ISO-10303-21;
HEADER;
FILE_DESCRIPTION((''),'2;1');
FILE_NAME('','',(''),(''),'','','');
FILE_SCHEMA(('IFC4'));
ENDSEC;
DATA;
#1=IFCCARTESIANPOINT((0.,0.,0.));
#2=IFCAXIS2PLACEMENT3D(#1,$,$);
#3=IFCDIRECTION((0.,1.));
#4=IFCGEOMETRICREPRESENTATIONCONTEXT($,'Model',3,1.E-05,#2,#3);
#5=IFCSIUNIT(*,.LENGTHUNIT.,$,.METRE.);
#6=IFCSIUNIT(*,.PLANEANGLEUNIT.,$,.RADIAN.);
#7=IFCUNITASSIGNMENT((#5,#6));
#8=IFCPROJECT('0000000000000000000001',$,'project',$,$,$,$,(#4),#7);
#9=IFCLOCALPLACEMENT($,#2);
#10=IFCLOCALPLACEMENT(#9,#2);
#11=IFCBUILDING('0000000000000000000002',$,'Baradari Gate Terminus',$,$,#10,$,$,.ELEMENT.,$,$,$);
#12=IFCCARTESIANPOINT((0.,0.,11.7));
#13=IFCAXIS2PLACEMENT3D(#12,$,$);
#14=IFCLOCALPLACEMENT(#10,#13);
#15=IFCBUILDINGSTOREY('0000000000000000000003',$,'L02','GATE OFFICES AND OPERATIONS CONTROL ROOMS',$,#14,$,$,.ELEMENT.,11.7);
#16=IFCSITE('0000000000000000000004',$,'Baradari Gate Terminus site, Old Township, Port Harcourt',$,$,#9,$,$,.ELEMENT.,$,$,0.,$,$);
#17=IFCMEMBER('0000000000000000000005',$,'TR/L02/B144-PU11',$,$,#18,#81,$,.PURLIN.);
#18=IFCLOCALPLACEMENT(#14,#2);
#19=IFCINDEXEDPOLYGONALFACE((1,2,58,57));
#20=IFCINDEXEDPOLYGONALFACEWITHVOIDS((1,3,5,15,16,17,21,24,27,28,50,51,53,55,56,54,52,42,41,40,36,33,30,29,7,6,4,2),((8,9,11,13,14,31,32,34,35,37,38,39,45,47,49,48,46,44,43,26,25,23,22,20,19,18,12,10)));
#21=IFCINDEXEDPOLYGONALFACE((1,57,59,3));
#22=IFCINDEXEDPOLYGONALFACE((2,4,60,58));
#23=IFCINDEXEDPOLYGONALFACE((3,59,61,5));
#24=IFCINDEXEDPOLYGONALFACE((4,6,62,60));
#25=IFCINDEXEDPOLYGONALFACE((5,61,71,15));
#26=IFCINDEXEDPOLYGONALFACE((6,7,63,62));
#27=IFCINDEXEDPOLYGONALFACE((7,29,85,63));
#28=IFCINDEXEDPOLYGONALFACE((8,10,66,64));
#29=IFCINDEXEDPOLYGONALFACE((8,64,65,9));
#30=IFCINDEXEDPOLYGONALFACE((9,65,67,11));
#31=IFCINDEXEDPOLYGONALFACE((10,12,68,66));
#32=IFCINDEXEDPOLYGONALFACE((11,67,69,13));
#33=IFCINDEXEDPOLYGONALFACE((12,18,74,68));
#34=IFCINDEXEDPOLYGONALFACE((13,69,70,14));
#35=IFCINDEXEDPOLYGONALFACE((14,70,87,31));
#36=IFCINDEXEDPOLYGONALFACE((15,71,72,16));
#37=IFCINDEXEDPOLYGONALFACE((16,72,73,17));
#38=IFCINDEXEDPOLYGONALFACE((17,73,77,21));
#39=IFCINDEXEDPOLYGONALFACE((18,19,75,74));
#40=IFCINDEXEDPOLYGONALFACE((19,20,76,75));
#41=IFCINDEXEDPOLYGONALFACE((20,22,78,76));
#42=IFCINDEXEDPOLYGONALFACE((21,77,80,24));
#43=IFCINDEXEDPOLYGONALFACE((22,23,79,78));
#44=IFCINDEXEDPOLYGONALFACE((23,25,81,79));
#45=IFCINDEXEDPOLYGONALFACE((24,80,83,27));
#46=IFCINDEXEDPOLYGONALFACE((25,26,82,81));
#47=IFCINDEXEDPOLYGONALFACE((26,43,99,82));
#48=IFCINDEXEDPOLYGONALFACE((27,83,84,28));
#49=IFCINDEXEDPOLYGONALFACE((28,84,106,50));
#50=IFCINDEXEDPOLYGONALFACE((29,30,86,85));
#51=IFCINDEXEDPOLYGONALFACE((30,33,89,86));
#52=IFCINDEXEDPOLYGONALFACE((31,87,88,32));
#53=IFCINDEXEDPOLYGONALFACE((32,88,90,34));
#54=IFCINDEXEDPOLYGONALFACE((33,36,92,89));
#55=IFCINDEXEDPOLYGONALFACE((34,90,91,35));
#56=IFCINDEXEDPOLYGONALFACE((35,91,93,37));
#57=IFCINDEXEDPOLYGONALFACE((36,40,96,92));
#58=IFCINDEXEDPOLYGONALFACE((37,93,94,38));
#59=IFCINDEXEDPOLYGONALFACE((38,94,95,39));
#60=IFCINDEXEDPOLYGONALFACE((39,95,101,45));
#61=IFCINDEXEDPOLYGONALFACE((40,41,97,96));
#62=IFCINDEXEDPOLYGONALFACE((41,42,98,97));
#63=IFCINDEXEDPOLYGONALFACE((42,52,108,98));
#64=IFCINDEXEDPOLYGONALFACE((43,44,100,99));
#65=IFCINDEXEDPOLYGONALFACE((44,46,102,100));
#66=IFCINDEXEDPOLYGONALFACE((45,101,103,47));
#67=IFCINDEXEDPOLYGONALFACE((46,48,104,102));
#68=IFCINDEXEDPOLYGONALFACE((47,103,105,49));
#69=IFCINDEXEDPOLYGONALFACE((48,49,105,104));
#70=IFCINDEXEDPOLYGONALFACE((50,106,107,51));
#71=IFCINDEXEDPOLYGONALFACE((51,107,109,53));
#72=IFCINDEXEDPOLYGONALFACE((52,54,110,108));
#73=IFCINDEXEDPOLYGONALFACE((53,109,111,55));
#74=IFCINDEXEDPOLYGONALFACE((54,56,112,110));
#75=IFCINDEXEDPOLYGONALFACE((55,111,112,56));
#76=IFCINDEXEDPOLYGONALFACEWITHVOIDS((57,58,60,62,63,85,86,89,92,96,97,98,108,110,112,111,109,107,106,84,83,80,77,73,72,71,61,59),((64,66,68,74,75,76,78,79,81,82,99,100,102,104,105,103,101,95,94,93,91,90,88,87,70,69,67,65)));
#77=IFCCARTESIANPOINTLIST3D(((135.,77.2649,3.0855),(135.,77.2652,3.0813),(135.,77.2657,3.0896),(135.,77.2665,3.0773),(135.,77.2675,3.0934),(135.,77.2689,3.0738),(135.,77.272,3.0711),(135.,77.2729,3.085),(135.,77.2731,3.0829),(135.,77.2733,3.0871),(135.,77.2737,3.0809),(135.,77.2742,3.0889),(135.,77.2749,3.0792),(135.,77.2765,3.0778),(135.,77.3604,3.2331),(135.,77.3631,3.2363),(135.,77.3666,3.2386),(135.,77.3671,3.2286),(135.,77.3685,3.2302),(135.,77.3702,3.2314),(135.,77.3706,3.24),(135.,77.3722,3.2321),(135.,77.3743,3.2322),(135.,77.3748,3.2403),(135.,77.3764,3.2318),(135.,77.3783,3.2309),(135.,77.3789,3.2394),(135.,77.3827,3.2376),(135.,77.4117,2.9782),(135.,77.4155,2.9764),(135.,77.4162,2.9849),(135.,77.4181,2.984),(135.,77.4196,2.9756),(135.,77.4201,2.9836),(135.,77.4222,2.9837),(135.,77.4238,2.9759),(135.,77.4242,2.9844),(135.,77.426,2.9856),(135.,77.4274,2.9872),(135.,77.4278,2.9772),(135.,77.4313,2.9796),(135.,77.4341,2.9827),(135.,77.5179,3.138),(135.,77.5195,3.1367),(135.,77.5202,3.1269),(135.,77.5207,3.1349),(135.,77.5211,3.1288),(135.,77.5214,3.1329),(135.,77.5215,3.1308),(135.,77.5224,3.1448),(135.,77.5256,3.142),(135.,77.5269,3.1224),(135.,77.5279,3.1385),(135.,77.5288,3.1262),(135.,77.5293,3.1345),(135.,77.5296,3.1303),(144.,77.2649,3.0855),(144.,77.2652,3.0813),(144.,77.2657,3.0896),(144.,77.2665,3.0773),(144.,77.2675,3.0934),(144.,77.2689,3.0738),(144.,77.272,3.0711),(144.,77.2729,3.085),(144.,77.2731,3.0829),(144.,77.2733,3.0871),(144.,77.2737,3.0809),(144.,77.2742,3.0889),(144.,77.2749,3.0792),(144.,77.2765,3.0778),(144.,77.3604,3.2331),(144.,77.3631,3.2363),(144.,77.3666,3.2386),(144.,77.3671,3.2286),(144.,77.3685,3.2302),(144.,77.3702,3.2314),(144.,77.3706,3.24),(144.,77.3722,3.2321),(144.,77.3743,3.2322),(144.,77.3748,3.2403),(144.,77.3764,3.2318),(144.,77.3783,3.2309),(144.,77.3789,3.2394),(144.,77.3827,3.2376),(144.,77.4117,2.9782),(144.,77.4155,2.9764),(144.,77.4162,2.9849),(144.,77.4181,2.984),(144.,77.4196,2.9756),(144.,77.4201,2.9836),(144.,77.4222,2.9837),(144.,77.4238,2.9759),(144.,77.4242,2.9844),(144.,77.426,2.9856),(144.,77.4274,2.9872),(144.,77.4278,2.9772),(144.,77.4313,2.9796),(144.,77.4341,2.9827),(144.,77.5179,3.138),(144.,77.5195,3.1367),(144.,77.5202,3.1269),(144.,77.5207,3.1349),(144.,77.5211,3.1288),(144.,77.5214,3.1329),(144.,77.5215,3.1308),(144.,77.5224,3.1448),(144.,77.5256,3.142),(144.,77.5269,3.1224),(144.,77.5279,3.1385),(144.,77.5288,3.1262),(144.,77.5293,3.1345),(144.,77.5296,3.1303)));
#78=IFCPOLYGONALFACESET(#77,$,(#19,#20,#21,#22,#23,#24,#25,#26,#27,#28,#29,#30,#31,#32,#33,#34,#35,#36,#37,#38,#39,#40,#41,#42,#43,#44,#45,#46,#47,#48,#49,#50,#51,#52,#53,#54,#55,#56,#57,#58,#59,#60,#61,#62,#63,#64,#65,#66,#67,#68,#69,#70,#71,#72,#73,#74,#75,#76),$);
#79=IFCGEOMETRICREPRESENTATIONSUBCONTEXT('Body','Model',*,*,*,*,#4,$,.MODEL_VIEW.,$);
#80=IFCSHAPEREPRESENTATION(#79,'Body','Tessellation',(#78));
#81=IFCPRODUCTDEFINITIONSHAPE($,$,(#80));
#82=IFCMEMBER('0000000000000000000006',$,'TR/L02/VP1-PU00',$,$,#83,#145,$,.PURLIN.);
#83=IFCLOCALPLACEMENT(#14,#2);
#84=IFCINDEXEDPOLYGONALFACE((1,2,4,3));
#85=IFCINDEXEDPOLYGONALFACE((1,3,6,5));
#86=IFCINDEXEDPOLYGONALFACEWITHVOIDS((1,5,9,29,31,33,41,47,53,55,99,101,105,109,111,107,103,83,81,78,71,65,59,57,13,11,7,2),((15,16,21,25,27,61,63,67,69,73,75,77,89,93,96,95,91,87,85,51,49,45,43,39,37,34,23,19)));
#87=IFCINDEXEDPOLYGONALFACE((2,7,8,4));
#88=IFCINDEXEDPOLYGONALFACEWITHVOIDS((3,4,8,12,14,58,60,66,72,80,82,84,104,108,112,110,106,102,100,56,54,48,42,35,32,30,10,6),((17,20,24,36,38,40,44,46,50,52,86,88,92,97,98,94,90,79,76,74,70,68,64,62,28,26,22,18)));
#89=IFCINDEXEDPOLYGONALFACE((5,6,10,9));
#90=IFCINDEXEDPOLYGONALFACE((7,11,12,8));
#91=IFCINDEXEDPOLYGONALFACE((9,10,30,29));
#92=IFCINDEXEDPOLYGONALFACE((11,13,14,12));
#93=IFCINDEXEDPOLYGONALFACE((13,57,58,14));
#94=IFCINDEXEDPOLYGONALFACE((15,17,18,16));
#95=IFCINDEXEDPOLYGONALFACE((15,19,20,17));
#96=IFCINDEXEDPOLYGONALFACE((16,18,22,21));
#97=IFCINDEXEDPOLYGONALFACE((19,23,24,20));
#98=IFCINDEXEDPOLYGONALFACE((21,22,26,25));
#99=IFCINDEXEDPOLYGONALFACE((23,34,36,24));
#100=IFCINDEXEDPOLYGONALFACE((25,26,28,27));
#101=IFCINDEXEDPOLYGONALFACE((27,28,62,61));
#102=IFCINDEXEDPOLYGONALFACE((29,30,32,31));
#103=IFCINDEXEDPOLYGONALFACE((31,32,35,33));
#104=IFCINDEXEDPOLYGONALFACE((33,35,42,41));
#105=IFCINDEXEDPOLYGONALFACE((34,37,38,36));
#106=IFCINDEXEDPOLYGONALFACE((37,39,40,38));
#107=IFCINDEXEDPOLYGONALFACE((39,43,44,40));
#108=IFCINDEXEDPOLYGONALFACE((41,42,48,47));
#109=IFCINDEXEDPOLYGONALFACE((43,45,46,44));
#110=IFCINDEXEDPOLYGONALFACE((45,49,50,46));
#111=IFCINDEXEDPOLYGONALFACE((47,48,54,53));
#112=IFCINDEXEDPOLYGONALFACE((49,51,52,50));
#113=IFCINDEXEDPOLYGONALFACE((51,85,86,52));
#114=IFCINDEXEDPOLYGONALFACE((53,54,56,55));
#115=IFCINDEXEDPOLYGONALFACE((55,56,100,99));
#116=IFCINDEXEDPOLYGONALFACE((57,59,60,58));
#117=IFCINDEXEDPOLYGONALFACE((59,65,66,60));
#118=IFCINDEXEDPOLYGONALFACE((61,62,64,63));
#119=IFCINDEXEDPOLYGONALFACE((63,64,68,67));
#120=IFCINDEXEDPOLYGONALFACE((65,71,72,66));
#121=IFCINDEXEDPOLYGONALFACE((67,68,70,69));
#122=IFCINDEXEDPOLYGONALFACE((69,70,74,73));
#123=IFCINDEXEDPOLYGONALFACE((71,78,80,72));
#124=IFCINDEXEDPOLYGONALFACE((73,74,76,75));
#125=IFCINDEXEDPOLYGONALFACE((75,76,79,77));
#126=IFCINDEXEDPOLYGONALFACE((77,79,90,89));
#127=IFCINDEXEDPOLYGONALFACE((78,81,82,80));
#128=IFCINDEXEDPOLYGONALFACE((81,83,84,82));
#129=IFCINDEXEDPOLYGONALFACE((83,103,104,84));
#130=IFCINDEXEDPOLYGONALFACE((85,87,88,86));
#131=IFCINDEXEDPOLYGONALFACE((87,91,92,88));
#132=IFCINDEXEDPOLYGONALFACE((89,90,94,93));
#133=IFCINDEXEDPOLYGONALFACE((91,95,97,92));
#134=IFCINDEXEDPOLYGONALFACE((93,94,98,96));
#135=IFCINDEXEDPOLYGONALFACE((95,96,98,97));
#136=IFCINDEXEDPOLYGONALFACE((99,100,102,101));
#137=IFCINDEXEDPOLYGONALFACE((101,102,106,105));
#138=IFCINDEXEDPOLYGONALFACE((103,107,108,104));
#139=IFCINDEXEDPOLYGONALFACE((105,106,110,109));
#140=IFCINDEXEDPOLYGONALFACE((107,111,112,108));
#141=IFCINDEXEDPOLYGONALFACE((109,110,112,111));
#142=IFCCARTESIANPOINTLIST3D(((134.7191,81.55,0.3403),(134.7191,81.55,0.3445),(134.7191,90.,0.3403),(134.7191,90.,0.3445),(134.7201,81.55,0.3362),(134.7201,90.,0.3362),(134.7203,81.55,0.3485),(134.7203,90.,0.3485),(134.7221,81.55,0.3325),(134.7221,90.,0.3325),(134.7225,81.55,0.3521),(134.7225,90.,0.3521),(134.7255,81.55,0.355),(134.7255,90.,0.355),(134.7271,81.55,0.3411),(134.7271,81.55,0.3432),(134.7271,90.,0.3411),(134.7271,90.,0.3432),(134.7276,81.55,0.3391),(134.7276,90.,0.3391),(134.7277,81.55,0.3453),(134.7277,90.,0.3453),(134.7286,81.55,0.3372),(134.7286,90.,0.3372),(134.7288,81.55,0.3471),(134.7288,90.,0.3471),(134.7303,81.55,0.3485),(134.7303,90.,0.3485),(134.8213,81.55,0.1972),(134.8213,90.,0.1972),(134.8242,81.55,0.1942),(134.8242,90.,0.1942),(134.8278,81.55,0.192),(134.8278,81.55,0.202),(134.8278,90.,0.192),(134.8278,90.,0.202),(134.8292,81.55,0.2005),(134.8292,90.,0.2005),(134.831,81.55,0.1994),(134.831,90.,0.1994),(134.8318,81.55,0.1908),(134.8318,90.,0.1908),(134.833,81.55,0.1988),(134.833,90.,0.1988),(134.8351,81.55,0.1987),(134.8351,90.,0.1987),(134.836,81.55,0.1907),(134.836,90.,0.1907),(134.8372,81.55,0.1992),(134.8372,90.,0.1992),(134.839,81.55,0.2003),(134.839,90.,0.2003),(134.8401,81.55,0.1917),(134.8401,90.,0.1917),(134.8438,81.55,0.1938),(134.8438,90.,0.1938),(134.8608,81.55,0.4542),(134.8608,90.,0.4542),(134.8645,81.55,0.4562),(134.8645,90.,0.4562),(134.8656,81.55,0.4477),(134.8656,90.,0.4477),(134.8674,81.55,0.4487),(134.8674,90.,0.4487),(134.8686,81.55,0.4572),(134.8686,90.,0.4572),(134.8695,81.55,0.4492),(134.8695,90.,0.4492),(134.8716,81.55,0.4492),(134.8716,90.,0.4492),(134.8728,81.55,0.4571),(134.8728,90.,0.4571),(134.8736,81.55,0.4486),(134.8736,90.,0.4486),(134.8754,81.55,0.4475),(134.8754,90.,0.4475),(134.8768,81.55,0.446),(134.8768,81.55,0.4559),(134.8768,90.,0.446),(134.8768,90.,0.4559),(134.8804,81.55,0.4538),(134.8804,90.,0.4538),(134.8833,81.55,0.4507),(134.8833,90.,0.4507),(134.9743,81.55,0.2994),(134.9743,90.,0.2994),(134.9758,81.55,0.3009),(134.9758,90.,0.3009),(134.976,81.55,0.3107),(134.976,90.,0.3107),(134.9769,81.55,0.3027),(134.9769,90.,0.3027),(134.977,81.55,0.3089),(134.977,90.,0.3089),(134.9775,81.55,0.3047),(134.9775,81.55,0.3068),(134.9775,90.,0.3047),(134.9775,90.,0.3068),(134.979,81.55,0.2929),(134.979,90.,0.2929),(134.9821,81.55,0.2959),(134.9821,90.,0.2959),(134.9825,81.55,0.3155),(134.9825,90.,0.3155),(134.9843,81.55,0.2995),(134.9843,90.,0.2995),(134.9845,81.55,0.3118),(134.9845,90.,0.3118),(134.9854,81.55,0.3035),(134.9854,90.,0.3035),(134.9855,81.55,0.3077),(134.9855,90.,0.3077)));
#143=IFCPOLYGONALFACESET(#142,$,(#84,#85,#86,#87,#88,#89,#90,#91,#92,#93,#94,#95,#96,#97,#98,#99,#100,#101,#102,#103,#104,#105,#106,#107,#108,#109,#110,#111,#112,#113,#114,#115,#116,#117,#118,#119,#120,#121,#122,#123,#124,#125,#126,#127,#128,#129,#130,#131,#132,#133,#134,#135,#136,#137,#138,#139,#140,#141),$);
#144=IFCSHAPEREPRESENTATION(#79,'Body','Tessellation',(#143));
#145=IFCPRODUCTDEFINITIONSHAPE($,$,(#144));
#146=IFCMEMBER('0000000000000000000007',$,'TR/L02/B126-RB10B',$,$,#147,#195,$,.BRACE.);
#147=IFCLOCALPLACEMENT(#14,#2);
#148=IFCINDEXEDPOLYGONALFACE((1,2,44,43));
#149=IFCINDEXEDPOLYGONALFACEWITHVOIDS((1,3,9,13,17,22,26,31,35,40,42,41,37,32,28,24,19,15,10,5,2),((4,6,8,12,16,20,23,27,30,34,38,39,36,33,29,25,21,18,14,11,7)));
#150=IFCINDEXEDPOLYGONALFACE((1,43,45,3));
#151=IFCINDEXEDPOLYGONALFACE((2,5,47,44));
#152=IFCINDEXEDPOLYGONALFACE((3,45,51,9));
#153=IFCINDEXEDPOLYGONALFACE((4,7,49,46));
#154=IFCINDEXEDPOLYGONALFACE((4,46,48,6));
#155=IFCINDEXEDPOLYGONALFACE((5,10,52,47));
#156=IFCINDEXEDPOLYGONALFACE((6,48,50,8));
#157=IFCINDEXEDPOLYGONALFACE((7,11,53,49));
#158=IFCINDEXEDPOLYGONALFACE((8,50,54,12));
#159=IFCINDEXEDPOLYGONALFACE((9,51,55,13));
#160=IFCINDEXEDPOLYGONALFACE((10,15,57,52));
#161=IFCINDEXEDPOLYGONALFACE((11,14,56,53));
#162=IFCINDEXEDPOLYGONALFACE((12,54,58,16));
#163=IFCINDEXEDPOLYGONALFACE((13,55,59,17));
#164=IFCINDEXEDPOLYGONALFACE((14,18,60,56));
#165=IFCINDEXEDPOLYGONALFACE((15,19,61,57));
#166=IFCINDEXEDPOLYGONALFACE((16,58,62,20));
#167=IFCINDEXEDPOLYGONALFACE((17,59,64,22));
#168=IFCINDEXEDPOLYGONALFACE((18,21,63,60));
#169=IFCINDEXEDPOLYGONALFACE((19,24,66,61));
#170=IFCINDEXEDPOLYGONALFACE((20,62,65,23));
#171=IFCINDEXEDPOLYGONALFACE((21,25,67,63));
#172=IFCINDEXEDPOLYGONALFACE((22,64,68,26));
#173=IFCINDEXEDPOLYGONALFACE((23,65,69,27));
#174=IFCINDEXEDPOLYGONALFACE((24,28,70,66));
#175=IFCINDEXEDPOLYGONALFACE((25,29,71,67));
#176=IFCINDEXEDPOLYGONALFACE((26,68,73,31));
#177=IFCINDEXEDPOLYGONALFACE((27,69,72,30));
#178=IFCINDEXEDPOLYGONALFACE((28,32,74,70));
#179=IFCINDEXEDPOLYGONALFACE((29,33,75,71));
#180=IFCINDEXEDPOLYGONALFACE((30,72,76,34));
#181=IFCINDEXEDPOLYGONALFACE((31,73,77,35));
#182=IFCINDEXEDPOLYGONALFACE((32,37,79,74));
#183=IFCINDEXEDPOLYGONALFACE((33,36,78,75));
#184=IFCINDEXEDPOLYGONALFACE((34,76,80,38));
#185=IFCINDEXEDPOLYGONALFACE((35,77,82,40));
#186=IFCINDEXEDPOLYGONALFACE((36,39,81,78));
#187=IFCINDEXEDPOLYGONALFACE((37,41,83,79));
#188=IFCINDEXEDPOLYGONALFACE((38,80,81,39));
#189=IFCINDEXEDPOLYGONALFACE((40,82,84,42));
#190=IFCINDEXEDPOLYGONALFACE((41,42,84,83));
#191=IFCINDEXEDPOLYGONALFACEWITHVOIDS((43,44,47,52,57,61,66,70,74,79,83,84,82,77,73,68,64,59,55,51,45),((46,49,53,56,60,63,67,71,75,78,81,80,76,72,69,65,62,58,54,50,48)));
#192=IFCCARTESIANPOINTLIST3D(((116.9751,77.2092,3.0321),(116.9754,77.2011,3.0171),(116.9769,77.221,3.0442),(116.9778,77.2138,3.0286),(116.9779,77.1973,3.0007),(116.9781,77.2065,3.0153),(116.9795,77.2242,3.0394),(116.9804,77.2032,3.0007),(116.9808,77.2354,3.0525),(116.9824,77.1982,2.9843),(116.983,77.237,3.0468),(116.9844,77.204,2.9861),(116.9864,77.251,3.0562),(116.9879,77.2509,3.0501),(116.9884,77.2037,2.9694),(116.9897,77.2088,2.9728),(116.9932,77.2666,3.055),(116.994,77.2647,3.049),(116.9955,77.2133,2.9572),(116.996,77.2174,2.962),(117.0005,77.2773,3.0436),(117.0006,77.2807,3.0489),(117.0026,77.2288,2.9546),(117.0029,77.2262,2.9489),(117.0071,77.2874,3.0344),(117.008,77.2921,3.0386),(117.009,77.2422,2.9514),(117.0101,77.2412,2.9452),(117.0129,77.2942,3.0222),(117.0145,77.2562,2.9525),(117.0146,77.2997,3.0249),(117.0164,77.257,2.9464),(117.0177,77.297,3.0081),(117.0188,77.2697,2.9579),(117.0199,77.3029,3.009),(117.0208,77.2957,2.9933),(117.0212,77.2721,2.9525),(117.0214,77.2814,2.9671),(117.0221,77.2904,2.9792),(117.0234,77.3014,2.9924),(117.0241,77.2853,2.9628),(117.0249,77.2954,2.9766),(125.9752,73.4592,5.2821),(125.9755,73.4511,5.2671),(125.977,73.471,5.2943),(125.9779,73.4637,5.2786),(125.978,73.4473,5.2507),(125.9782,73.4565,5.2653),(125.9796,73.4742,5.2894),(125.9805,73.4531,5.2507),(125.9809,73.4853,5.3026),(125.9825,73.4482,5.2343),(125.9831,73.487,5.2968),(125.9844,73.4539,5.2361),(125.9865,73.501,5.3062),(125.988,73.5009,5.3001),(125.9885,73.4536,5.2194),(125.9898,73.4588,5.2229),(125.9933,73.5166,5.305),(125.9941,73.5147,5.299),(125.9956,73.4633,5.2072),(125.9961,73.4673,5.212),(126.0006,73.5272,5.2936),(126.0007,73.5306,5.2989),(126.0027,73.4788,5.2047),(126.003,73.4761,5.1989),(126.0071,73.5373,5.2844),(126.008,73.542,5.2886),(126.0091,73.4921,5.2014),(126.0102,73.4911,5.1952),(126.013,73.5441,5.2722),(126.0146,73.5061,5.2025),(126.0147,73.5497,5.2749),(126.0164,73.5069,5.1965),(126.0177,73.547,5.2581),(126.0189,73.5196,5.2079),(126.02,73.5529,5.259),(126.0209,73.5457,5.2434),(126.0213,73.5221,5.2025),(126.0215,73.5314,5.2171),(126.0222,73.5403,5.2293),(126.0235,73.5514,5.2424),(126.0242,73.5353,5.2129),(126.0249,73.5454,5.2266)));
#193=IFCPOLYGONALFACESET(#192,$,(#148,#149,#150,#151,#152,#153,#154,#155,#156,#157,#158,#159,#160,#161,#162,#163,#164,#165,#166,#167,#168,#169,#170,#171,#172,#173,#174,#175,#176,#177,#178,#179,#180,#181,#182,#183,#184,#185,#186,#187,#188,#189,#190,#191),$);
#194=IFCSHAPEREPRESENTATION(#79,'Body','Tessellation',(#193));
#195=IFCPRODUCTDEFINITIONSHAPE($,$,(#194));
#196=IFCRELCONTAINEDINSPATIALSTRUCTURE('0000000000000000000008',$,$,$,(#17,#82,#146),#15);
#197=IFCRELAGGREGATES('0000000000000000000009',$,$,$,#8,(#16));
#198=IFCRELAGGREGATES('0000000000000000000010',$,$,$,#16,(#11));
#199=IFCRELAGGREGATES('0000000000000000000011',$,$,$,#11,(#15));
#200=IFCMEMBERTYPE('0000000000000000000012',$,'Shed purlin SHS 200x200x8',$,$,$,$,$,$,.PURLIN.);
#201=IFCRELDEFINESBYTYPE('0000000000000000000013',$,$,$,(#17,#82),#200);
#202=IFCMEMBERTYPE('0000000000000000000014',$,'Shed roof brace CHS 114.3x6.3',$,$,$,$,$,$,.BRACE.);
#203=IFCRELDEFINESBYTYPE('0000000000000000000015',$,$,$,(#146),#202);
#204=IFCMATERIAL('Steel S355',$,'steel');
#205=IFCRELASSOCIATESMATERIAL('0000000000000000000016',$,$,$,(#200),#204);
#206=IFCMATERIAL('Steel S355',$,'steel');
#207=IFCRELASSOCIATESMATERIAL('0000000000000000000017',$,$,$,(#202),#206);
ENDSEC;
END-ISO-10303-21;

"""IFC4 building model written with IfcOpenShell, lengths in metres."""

from ifc_helpers import new_model, si_unit, direction, frame, origin, origin_2d, place, context, subcontext, project, spatial, hollow_rectangle, hollow_circle, extrude, material, material_profile, profile_set, type_object, element, save


model = new_model("IFC4")

# Units and contexts
model_context = context("Model", 3, precision=1e-05, world=origin(), true_north=direction((0.0, 1.0)))
body_context = subcontext(model_context, "Body", "Model", "MODEL_VIEW")
ifc_project = project(units=[si_unit("LENGTHUNIT", "METRE"), si_unit("PLANEANGLEUNIT", "RADIAN")], contexts=[model_context])

# Site, building, storey
site_placement = place(None, origin())
site = spatial("IfcSite", under=ifc_project, at=site_placement, Name="Baradari Gate Terminus site, Old Township, Port Harcourt", CompositionType="ELEMENT", RefElevation=0.0)
building_placement = place(site_placement, origin())
building = spatial("IfcBuilding", under=site, at=building_placement, Name="Baradari Gate Terminus", CompositionType="ELEMENT")
storey_placement = place(building_placement, frame((0.0, 0.0, 11.7)))
storey = spatial("IfcBuildingStorey", under=building, at=storey_placement, Name="L02", Description="GATE OFFICES AND OPERATIONS CONTROL ROOMS", CompositionType="ELEMENT", Elevation=11.7)

# Members
ifc_material_1 = material(Name="Steel S355", Category="steel")
ifc_material_profile_1 = material_profile(ifc_material_1, hollow_rectangle(XDim=0.2, YDim=0.2, WallThickness=0.0081, InnerFilletRadius=0.0081, OuterFilletRadius=0.0161, at=origin_2d()), Name="SHS 200x200x8")
ifc_profile_set_1 = profile_set([ifc_material_profile_1], Name="Steel S355")
member_type_1 = type_object("IfcMemberType", Name="Shed purlin SHS 200x200x8", PredefinedType="PURLIN", material=ifc_profile_set_1)
for number, where, z_axis, x_axis, name in (
    (1, (135.0, 77.3972, 3.1079), (1.0, 0.0, 0.0), (0.0, 0.832836, -0.553519), "TR/L02/B144-PU11"),
):
    element("IfcMember", number, at=place(storey_placement, frame(where, z_axis=z_axis, x_axis=x_axis)), inside=storey, type_object=member_type_1, Name=name, PredefinedType="PURLIN", context=body_context, shape_type="SweptSolid", body=[
        extrude(hollow_rectangle(XDim=0.2, YDim=0.2, WallThickness=0.0081, InnerFilletRadius=0.0081, OuterFilletRadius=0.0161, at=origin_2d()), origin(), (0.0, 0.0, 1.0), 9.0),
    ])
member_1_placement = place(storey_placement, frame((134.8523, 81.55, 0.324), z_axis=(0.0, 1.0, 0.0), x_axis=(-0.806405, 0.0, -0.591364)))
element("IfcMember", 2, at=member_1_placement, inside=storey, type_object=member_type_1, Name="TR/L02/VP1-PU00", PredefinedType="PURLIN", context=body_context, shape_type="SweptSolid", body=[
    extrude(hollow_rectangle(XDim=0.2, YDim=0.2, WallThickness=0.0081, InnerFilletRadius=0.0081, OuterFilletRadius=0.0161, at=origin_2d()), origin(), (0.0, 0.0, 1.0), 8.45),
])
ifc_material_2 = material(Name="Steel S355", Category="steel")
ifc_material_profile_2 = material_profile(ifc_material_2, hollow_circle(Radius=0.0571, WallThickness=0.0063, at=origin_2d()), Name="CHS 114.3x6.3")
ifc_profile_set_2 = profile_set([ifc_material_profile_2], Name="Steel S355")
member_type_2 = type_object("IfcMemberType", Name="Shed roof brace CHS 114.3x6.3", PredefinedType="BRACE", material=ifc_profile_set_2)
member_2_placement = place(storey_placement, frame((126.0, 73.5, 5.2507), z_axis=(-0.899438, 0.374766, -0.22486), x_axis=(-0.384615, -0.923077, 0.0)))
element("IfcMember", 3, at=member_2_placement, inside=storey, type_object=member_type_2, Name="TR/L02/B126-RB10B", PredefinedType="BRACE", context=body_context, shape_type="SweptSolid", body=[
    extrude(hollow_circle(Radius=0.0571, WallThickness=0.0063, at=origin_2d()), origin(), (0.0, 0.0, 1.0), 10.0063),
])

save(model, "model.ifc")
